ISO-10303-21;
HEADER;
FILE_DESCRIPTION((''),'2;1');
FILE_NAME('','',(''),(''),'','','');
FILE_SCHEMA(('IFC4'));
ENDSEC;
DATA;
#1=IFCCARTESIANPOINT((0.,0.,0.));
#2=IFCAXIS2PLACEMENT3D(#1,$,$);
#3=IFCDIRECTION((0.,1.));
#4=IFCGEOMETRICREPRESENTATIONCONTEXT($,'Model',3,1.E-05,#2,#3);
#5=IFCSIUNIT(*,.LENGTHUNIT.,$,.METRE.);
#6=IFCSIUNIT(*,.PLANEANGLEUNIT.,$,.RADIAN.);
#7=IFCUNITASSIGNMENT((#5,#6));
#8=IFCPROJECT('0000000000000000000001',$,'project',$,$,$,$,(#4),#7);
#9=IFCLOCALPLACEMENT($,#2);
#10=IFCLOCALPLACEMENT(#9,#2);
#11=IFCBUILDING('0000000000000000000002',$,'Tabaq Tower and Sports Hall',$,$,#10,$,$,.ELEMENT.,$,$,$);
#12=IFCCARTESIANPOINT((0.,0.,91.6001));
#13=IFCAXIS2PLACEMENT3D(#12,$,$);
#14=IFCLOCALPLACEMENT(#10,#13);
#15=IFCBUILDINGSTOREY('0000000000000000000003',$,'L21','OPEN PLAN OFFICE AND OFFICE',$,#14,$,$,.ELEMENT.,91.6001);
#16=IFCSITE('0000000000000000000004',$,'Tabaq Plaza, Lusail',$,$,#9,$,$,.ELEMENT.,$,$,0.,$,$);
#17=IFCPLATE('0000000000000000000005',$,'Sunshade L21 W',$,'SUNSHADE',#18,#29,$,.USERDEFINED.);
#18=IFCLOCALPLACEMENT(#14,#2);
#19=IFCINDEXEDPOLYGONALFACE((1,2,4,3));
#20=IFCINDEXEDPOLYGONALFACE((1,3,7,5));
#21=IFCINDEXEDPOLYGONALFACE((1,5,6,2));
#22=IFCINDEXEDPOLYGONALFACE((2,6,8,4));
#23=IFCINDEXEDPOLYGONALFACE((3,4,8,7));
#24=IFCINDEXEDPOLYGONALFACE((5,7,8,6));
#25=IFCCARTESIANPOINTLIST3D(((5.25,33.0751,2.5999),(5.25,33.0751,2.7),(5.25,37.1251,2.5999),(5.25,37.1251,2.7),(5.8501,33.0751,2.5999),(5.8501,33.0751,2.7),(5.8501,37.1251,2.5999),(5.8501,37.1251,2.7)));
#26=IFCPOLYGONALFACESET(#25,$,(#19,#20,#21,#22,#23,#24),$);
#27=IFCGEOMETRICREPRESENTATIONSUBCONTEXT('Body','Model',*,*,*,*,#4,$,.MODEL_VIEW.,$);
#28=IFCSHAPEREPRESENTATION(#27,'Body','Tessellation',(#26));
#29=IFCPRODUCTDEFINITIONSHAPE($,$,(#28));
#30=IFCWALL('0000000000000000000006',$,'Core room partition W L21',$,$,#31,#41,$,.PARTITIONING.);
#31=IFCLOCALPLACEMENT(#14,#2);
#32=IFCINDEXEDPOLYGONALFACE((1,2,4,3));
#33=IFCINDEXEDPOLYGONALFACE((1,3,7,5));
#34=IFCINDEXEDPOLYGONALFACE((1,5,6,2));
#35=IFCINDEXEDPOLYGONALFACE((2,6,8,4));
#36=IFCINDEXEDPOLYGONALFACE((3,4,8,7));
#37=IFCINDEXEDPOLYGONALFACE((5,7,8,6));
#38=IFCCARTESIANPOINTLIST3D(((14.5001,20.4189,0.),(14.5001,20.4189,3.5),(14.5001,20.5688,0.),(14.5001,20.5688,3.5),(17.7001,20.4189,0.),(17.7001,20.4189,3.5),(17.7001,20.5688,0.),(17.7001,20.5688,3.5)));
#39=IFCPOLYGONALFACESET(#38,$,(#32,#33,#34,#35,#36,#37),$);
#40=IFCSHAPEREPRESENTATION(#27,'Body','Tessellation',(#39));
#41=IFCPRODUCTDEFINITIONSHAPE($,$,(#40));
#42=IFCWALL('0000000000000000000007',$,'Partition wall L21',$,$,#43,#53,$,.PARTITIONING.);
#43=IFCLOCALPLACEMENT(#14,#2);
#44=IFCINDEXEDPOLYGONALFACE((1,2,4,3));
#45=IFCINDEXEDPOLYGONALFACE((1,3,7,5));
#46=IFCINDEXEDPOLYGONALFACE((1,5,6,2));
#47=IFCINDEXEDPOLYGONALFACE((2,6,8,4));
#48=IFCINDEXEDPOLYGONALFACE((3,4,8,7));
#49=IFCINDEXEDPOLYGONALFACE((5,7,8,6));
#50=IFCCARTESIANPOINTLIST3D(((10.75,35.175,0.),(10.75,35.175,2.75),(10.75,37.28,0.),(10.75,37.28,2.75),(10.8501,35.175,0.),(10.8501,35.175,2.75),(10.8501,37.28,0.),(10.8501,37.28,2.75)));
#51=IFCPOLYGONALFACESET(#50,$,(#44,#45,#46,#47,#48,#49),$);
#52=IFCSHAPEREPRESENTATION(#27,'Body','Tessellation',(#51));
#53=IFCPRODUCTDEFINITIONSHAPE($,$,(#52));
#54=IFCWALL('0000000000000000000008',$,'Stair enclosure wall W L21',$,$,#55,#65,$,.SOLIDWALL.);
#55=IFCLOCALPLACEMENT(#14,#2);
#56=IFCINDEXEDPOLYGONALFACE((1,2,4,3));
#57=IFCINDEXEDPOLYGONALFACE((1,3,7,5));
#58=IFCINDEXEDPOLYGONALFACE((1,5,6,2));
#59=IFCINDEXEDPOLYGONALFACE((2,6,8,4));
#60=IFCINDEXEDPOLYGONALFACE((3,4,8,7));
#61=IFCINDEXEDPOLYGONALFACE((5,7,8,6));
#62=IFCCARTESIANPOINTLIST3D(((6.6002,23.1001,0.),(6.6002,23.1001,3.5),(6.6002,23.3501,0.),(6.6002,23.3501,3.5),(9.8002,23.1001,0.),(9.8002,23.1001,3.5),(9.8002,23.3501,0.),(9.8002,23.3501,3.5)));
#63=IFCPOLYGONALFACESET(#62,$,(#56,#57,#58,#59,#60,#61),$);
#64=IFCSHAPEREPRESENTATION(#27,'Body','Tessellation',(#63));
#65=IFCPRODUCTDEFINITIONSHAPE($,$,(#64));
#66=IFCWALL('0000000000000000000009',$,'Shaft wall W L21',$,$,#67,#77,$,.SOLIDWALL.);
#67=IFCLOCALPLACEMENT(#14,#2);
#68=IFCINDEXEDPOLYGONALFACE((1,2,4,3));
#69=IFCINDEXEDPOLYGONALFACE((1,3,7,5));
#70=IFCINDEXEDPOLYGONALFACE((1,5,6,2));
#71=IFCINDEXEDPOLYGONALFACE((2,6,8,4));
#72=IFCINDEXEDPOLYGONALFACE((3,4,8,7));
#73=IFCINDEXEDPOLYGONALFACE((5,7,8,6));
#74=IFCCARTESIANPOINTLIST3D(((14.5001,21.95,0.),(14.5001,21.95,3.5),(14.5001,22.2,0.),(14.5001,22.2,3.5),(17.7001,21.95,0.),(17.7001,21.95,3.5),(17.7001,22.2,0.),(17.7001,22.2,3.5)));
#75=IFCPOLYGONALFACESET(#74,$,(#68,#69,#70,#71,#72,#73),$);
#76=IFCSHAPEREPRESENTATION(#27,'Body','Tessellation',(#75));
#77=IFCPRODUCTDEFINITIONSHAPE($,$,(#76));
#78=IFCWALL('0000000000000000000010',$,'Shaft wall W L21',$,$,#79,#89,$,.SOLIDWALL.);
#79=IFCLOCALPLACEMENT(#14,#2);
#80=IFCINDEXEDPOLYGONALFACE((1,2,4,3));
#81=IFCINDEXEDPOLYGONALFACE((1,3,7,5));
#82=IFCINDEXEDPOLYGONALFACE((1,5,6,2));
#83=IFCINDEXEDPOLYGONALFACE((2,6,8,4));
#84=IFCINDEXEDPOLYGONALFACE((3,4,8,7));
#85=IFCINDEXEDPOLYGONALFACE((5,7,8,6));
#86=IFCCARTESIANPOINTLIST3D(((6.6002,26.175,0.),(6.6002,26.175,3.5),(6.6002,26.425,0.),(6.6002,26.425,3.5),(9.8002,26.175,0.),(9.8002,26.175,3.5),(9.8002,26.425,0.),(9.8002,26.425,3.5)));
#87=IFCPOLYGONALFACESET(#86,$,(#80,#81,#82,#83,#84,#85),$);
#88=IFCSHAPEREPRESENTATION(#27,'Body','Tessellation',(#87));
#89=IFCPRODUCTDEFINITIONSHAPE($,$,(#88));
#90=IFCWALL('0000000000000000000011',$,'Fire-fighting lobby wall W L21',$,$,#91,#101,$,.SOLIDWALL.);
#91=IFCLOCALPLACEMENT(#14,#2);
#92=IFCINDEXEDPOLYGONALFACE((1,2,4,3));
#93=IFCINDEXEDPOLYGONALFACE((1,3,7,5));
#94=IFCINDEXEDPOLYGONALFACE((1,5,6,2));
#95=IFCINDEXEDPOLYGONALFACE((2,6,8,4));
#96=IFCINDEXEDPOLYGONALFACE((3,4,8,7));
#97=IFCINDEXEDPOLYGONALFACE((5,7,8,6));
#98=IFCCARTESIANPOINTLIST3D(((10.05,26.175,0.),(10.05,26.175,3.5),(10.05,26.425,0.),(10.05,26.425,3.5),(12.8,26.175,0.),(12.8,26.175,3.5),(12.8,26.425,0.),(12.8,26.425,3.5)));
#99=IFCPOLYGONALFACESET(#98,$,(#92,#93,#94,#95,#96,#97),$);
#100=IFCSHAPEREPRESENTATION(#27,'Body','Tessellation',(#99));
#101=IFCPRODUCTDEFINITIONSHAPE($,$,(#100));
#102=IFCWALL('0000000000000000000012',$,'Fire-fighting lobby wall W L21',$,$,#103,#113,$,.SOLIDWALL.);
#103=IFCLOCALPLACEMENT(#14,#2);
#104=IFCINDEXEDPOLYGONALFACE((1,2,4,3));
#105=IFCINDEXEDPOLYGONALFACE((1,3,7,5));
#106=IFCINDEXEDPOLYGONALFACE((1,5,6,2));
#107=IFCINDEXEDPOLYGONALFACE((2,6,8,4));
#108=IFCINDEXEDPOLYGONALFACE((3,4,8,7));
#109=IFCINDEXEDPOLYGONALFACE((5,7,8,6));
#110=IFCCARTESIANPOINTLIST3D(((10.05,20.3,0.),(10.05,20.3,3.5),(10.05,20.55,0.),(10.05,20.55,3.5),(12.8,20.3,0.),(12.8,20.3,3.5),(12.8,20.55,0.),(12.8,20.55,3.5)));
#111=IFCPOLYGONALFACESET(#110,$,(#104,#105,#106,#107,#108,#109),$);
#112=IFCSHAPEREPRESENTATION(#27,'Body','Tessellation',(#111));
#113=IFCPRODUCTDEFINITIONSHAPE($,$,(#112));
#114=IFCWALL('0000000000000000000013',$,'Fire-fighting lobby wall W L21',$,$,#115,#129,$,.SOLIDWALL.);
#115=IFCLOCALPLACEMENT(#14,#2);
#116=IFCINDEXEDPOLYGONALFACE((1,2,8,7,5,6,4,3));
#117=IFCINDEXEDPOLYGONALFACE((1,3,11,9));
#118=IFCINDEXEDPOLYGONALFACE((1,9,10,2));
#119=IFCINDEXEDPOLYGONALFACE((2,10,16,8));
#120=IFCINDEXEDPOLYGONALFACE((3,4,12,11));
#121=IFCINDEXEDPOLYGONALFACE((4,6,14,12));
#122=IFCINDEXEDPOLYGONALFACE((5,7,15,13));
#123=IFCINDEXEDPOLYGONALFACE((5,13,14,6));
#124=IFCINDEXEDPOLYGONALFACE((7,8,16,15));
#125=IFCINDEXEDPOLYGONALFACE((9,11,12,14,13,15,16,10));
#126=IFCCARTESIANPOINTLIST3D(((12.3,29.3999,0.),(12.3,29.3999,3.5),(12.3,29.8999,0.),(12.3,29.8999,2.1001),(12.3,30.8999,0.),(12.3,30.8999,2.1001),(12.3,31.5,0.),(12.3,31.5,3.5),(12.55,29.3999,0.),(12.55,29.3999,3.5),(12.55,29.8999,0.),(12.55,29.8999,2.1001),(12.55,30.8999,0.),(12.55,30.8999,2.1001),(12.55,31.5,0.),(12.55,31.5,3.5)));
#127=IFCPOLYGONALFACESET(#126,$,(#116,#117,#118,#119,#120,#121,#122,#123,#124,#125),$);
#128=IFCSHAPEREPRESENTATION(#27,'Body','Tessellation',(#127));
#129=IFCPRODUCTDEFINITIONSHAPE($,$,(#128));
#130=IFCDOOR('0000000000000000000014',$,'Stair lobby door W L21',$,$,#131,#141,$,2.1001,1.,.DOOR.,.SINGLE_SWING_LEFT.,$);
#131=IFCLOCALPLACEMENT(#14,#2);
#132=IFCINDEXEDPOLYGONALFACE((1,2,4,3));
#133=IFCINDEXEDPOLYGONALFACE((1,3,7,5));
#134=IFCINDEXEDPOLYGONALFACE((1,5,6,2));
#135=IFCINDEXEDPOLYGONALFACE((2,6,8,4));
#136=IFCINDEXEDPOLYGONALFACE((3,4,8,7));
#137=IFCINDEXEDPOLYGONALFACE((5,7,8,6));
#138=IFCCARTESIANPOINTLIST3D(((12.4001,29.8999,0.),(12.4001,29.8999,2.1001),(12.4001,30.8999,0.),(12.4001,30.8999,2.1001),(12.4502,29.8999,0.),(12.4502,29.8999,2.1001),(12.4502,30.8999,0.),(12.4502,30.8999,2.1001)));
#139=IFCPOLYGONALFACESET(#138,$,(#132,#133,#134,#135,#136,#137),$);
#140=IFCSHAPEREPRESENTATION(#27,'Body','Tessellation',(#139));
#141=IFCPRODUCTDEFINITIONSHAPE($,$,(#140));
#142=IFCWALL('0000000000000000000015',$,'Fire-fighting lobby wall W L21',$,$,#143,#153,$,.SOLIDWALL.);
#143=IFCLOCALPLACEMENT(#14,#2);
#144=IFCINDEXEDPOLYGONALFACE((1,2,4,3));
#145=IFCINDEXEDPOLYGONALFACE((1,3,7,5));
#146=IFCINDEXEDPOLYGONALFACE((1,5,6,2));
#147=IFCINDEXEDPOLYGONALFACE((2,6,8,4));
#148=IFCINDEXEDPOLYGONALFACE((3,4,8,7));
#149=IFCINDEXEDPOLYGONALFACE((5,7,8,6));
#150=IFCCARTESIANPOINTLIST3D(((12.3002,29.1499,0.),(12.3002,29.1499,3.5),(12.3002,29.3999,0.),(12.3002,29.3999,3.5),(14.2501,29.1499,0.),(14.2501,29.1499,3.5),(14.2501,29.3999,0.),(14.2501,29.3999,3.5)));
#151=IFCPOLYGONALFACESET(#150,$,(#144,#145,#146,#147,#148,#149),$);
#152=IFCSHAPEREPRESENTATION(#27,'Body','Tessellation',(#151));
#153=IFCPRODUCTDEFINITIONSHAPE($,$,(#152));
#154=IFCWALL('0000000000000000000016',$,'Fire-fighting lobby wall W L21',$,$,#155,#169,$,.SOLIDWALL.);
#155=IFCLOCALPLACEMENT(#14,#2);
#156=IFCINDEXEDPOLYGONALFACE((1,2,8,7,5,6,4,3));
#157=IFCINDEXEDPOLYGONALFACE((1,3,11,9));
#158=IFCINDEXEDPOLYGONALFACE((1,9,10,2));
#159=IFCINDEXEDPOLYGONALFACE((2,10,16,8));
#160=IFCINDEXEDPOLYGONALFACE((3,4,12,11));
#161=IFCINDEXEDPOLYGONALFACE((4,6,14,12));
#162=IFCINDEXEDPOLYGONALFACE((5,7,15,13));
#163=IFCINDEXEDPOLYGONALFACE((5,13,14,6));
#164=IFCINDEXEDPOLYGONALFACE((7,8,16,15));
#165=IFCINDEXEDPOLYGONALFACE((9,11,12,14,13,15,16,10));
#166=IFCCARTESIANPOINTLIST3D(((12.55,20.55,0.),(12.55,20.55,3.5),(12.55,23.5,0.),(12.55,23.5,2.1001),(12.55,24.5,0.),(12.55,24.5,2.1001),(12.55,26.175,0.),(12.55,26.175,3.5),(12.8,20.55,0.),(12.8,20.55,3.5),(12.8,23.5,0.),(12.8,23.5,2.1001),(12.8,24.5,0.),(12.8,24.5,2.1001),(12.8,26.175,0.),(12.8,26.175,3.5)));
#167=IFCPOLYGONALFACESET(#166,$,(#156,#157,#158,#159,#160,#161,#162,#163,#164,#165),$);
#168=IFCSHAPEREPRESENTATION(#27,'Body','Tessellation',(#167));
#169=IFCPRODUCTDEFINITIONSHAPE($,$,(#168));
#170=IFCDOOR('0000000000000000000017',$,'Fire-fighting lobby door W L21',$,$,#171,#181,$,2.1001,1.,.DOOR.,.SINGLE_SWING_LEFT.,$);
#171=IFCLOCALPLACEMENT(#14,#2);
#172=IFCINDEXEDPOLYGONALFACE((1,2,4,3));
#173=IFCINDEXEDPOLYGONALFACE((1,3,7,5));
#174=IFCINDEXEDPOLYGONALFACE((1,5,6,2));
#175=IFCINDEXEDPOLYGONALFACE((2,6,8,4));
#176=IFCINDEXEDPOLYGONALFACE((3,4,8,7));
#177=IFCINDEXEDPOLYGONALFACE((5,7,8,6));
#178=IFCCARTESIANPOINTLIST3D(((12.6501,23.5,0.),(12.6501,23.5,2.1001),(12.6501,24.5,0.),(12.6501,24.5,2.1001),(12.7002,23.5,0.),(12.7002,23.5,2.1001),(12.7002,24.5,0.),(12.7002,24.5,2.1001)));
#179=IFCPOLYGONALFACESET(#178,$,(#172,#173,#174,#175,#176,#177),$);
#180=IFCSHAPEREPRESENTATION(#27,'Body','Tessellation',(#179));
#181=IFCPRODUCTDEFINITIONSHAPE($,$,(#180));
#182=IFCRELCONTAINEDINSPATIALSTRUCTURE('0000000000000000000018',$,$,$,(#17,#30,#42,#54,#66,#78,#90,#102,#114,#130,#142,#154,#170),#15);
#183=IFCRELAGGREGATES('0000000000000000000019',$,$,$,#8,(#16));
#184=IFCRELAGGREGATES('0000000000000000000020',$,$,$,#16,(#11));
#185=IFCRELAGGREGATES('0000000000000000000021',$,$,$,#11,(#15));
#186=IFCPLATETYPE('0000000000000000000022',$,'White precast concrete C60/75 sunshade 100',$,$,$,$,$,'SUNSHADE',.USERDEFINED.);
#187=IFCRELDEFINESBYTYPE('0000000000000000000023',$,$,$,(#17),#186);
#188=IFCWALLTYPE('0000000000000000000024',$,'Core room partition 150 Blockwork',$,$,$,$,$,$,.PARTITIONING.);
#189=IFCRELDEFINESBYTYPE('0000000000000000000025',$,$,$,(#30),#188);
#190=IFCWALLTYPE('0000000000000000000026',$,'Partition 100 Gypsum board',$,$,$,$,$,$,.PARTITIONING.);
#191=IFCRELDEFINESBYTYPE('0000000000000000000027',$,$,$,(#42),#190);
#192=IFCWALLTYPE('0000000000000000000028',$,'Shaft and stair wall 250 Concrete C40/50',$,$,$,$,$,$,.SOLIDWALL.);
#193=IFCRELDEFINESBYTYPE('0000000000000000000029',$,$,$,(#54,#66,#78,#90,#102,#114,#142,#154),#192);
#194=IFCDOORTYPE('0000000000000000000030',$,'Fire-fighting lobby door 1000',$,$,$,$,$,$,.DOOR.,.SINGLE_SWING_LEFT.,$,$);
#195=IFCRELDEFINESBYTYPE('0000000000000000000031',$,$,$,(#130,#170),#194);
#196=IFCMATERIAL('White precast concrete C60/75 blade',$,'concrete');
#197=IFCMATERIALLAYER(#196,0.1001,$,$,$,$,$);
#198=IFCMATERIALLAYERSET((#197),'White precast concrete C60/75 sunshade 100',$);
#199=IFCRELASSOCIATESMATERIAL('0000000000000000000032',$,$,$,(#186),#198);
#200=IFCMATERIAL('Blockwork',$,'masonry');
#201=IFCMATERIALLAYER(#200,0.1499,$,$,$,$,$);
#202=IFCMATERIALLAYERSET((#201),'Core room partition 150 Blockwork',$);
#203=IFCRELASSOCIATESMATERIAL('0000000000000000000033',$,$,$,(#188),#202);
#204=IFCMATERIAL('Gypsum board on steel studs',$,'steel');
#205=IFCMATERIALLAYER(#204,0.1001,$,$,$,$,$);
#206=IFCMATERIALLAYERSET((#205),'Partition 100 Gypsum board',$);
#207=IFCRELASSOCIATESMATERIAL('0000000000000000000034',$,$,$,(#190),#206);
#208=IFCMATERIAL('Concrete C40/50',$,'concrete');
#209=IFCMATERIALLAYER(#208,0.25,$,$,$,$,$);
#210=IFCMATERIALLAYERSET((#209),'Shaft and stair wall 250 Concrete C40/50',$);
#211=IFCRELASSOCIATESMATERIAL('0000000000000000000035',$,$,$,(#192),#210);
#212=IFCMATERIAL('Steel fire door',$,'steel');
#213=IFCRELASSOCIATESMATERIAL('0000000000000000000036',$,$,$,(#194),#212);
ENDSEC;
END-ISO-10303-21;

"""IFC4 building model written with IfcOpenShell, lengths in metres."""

from ifc_helpers import new_model, si_unit, direction, frame, frame_2d, origin, origin_2d, place, context, subcontext, project, spatial, rectangle, extrude, material, layer, layer_set, type_object, element, fill, save


model = new_model("IFC4")

# Units and contexts
model_context = context("Model", 3, precision=1e-05, world=origin(), true_north=direction((0.0, 1.0)))
body_context = subcontext(model_context, "Body", "Model", "MODEL_VIEW")
ifc_project = project(units=[si_unit("LENGTHUNIT", "METRE"), si_unit("PLANEANGLEUNIT", "RADIAN")], contexts=[model_context])

# Site, building, storey
site_placement = place(None, origin())
site = spatial("IfcSite", under=ifc_project, at=site_placement, Name="Tabaq Plaza, Lusail", CompositionType="ELEMENT", RefElevation=0.0)
building_placement = place(site_placement, origin())
building = spatial("IfcBuilding", under=site, at=building_placement, Name="Tabaq Tower and Sports Hall", CompositionType="ELEMENT")
storey_placement = place(building_placement, frame((0.0, 0.0, 91.6001)))
storey = spatial("IfcBuildingStorey", under=building, at=storey_placement, Name="L21", Description="OPEN PLAN OFFICE AND OFFICE", CompositionType="ELEMENT", Elevation=91.6001)

# Plate
ifc_material_1 = material(Name="White precast concrete C60/75 blade", Category="concrete")
ifc_layer_1 = layer(ifc_material_1, 0.1001)
ifc_layer_set_1 = layer_set([ifc_layer_1], Name="White precast concrete C60/75 sunshade 100")
plate_type = type_object("IfcPlateType", Name="White precast concrete C60/75 sunshade 100", ElementType="SUNSHADE", PredefinedType="USERDEFINED", material=ifc_layer_set_1)
plate_placement = place(storey_placement, frame((5.55, 35.1001, 2.5999), z_axis=(0.0, 0.0, 1.0), x_axis=(0.0, -1.0, 0.0)))
element("IfcPlate", 1, at=plate_placement, inside=storey, type_object=plate_type, Name="Sunshade L21 W", ObjectType="SUNSHADE", PredefinedType="USERDEFINED", context=body_context, shape_type="SweptSolid", body=[
    extrude(rectangle(XDim=4.05, YDim=0.6001, at=origin_2d()), origin(), (0.0, 0.0, 1.0), 0.1001),
])

# Wall
ifc_material_2 = material(Name="Blockwork", Category="masonry")
ifc_layer_2 = layer(ifc_material_2, 0.1499)
ifc_layer_set_2 = layer_set([ifc_layer_2], Name="Core room partition 150 Blockwork")
wall_type_1 = type_object("IfcWallType", Name="Core room partition 150 Blockwork", PredefinedType="PARTITIONING", material=ifc_layer_set_2)
wall_1_placement = place(storey_placement, frame((14.5, 20.4939, 0.0), z_axis=(0.0, 0.0, 1.0), x_axis=(1.0, 0.0, 0.0)))
element("IfcWall", 2, at=wall_1_placement, inside=storey, type_object=wall_type_1, Name="Core room partition W L21", PredefinedType="PARTITIONING", context=body_context, shape_type="SweptSolid", body=[
    extrude(rectangle(XDim=3.2, YDim=0.1499, at=frame_2d((1.6001, 0.0))), origin(), (0.0, 0.0, 1.0), 3.5),
])

# Walls
ifc_material_3 = material(Name="Gypsum board on steel studs", Category="steel")
ifc_layer_3 = layer(ifc_material_3, 0.1001)
ifc_layer_set_3 = layer_set([ifc_layer_3], Name="Partition 100 Gypsum board")
wall_type_2 = type_object("IfcWallType", Name="Partition 100 Gypsum board", PredefinedType="PARTITIONING", material=ifc_layer_set_3)
wall_2_placement = place(storey_placement, frame((10.8, 35.175, 0.0), z_axis=(0.0, 0.0, 1.0), x_axis=(0.0, 1.0, 0.0)))
element("IfcWall", 3, at=wall_2_placement, inside=storey, type_object=wall_type_2, Name="Partition wall L21", PredefinedType="PARTITIONING", context=body_context, shape_type="SweptSolid", body=[
    extrude(rectangle(XDim=2.105, YDim=0.1001, at=frame_2d((1.0525, 0.0))), origin(), (0.0, 0.0, 1.0), 2.75),
])
ifc_material_4 = material(Name="Concrete C40/50", Category="concrete")
ifc_layer_4 = layer(ifc_material_4, 0.25)
ifc_layer_set_4 = layer_set([ifc_layer_4], Name="Shaft and stair wall 250 Concrete C40/50")
wall_type_3 = type_object("IfcWallType", Name="Shaft and stair wall 250 Concrete C40/50", PredefinedType="SOLIDWALL", material=ifc_layer_set_4)
for number, where, z_axis, x_axis, name in (
    (4, (6.6001, 23.2251, 0.0), (0.0, 0.0, 1.0), (1.0, 0.0, 0.0), "Stair enclosure wall W L21"),
    (5, (14.5, 22.075, 0.0), (0.0, 0.0, 1.0), (1.0, 0.0, 0.0), "Shaft wall W L21"),
    (6, (6.6001, 26.3, 0.0), (0.0, 0.0, 1.0), (1.0, 0.0, 0.0), "Shaft wall W L21"),
):
    element("IfcWall", number, at=place(storey_placement, frame(where, z_axis=z_axis, x_axis=x_axis)), inside=storey, type_object=wall_type_3, Name=name, PredefinedType="SOLIDWALL", context=body_context, shape_type="SweptSolid", body=[
        extrude(rectangle(XDim=3.2, YDim=0.25, at=frame_2d((1.6001, 0.0))), origin(), (0.0, 0.0, 1.0), 3.5),
    ])
for number, where, z_axis, x_axis, name in (
    (7, (10.05, 26.3, 0.0), (0.0, 0.0, 1.0), (1.0, 0.0, 0.0), "Fire-fighting lobby wall W L21"),
    (8, (10.05, 20.425, 0.0), (0.0, 0.0, 1.0), (1.0, 0.0, 0.0), "Fire-fighting lobby wall W L21"),
):
    element("IfcWall", number, at=place(storey_placement, frame(where, z_axis=z_axis, x_axis=x_axis)), inside=storey, type_object=wall_type_3, Name=name, PredefinedType="SOLIDWALL", context=body_context, shape_type="SweptSolid", body=[
        extrude(rectangle(XDim=2.75, YDim=0.25, at=frame_2d((1.375, 0.0))), origin(), (0.0, 0.0, 1.0), 3.5),
    ])

# Wall, opening, door
wall_3_placement = place(storey_placement, frame((12.425, 29.3999, 0.0), z_axis=(0.0, 0.0, 1.0), x_axis=(0.0, 1.0, 0.0)))
wall_3 = element("IfcWall", 9, at=wall_3_placement, inside=storey, type_object=wall_type_3, Name="Fire-fighting lobby wall W L21", PredefinedType="SOLIDWALL", context=body_context, shape_type="SweptSolid", body=[
    extrude(rectangle(XDim=2.1001, YDim=0.25, at=frame_2d((1.05, 0.0))), origin(), (0.0, 0.0, 1.0), 3.5),
])
opening_1_placement = place(wall_3_placement, frame((0.5, 0.0, 0.0)))
opening_1 = element("IfcOpeningElement", 10, at=opening_1_placement, cuts=wall_3, PredefinedType="OPENING", context=body_context, shape_type="SweptSolid", body=[
    extrude(rectangle(XDim=1.0, YDim=2.1001, at=frame_2d((0.5, 1.05))), frame((0.0, 0.125, 0.0), z_axis=(0.0, -1.0, 0.0), x_axis=(1.0, 0.0, 0.0)), (0.0, 0.0, 1.0), 0.25),
])
ifc_material_5 = material(Name="Steel fire door", Category="steel")
door_type_1 = type_object("IfcDoorType", Name="Fire-fighting lobby door 1000", OperationType="SINGLE_SWING_LEFT", PredefinedType="DOOR", material=ifc_material_5)
door_1_placement = place(opening_1_placement, origin())
door_1 = element("IfcDoor", 11, at=door_1_placement, inside=storey, type_object=door_type_1, Name="Stair lobby door W L21", OperationType="SINGLE_SWING_LEFT", OverallHeight=2.1001, OverallWidth=1.0, PredefinedType="DOOR", context=body_context, shape_type="SweptSolid", body=[
    extrude(rectangle(XDim=1.0, YDim=2.1001, at=frame_2d((0.5, 1.05))), frame((0.0, 0.0249, 0.0), z_axis=(0.0, -1.0, 0.0), x_axis=(1.0, 0.0, 0.0)), (0.0, 0.0, 1.0), 0.05),
])
fill(opening_1, door_1)

# Wall
wall_4_placement = place(storey_placement, frame((12.3, 29.2749, 0.0), z_axis=(0.0, 0.0, 1.0), x_axis=(1.0, 0.0, 0.0)))
element("IfcWall", 12, at=wall_4_placement, inside=storey, type_object=wall_type_3, Name="Fire-fighting lobby wall W L21", PredefinedType="SOLIDWALL", context=body_context, shape_type="SweptSolid", body=[
    extrude(rectangle(XDim=1.95, YDim=0.25, at=frame_2d((0.9751, 0.0))), origin(), (0.0, 0.0, 1.0), 3.5),
])

# Wall, opening, door
wall_5_placement = place(storey_placement, frame((12.675, 20.55, 0.0), z_axis=(0.0, 0.0, 1.0), x_axis=(0.0, 1.0, 0.0)))
wall_5 = element("IfcWall", 13, at=wall_5_placement, inside=storey, type_object=wall_type_3, Name="Fire-fighting lobby wall W L21", PredefinedType="SOLIDWALL", context=body_context, shape_type="SweptSolid", body=[
    extrude(rectangle(XDim=5.625, YDim=0.25, at=frame_2d((2.8125, 0.0))), origin(), (0.0, 0.0, 1.0), 3.5),
])
opening_2_placement = place(wall_5_placement, frame((2.95, 0.0, 0.0)))
opening_2 = element("IfcOpeningElement", 14, at=opening_2_placement, cuts=wall_5, PredefinedType="OPENING", context=body_context, shape_type="SweptSolid", body=[
    extrude(rectangle(XDim=1.0, YDim=2.1001, at=frame_2d((0.5, 1.05))), frame((0.0, 0.125, 0.0), z_axis=(0.0, -1.0, 0.0), x_axis=(1.0, 0.0, 0.0)), (0.0, 0.0, 1.0), 0.25),
])
door_2_placement = place(opening_2_placement, origin())
door_2 = element("IfcDoor", 15, at=door_2_placement, inside=storey, type_object=door_type_1, Name="Fire-fighting lobby door W L21", OperationType="SINGLE_SWING_LEFT", OverallHeight=2.1001, OverallWidth=1.0, PredefinedType="DOOR", context=body_context, shape_type="SweptSolid", body=[
    extrude(rectangle(XDim=1.0, YDim=2.1001, at=frame_2d((0.5, 1.05))), frame((0.0, 0.0249, 0.0), z_axis=(0.0, -1.0, 0.0), x_axis=(1.0, 0.0, 0.0)), (0.0, 0.0, 1.0), 0.05),
])
fill(opening_2, door_2)

save(model, "model.ifc")
